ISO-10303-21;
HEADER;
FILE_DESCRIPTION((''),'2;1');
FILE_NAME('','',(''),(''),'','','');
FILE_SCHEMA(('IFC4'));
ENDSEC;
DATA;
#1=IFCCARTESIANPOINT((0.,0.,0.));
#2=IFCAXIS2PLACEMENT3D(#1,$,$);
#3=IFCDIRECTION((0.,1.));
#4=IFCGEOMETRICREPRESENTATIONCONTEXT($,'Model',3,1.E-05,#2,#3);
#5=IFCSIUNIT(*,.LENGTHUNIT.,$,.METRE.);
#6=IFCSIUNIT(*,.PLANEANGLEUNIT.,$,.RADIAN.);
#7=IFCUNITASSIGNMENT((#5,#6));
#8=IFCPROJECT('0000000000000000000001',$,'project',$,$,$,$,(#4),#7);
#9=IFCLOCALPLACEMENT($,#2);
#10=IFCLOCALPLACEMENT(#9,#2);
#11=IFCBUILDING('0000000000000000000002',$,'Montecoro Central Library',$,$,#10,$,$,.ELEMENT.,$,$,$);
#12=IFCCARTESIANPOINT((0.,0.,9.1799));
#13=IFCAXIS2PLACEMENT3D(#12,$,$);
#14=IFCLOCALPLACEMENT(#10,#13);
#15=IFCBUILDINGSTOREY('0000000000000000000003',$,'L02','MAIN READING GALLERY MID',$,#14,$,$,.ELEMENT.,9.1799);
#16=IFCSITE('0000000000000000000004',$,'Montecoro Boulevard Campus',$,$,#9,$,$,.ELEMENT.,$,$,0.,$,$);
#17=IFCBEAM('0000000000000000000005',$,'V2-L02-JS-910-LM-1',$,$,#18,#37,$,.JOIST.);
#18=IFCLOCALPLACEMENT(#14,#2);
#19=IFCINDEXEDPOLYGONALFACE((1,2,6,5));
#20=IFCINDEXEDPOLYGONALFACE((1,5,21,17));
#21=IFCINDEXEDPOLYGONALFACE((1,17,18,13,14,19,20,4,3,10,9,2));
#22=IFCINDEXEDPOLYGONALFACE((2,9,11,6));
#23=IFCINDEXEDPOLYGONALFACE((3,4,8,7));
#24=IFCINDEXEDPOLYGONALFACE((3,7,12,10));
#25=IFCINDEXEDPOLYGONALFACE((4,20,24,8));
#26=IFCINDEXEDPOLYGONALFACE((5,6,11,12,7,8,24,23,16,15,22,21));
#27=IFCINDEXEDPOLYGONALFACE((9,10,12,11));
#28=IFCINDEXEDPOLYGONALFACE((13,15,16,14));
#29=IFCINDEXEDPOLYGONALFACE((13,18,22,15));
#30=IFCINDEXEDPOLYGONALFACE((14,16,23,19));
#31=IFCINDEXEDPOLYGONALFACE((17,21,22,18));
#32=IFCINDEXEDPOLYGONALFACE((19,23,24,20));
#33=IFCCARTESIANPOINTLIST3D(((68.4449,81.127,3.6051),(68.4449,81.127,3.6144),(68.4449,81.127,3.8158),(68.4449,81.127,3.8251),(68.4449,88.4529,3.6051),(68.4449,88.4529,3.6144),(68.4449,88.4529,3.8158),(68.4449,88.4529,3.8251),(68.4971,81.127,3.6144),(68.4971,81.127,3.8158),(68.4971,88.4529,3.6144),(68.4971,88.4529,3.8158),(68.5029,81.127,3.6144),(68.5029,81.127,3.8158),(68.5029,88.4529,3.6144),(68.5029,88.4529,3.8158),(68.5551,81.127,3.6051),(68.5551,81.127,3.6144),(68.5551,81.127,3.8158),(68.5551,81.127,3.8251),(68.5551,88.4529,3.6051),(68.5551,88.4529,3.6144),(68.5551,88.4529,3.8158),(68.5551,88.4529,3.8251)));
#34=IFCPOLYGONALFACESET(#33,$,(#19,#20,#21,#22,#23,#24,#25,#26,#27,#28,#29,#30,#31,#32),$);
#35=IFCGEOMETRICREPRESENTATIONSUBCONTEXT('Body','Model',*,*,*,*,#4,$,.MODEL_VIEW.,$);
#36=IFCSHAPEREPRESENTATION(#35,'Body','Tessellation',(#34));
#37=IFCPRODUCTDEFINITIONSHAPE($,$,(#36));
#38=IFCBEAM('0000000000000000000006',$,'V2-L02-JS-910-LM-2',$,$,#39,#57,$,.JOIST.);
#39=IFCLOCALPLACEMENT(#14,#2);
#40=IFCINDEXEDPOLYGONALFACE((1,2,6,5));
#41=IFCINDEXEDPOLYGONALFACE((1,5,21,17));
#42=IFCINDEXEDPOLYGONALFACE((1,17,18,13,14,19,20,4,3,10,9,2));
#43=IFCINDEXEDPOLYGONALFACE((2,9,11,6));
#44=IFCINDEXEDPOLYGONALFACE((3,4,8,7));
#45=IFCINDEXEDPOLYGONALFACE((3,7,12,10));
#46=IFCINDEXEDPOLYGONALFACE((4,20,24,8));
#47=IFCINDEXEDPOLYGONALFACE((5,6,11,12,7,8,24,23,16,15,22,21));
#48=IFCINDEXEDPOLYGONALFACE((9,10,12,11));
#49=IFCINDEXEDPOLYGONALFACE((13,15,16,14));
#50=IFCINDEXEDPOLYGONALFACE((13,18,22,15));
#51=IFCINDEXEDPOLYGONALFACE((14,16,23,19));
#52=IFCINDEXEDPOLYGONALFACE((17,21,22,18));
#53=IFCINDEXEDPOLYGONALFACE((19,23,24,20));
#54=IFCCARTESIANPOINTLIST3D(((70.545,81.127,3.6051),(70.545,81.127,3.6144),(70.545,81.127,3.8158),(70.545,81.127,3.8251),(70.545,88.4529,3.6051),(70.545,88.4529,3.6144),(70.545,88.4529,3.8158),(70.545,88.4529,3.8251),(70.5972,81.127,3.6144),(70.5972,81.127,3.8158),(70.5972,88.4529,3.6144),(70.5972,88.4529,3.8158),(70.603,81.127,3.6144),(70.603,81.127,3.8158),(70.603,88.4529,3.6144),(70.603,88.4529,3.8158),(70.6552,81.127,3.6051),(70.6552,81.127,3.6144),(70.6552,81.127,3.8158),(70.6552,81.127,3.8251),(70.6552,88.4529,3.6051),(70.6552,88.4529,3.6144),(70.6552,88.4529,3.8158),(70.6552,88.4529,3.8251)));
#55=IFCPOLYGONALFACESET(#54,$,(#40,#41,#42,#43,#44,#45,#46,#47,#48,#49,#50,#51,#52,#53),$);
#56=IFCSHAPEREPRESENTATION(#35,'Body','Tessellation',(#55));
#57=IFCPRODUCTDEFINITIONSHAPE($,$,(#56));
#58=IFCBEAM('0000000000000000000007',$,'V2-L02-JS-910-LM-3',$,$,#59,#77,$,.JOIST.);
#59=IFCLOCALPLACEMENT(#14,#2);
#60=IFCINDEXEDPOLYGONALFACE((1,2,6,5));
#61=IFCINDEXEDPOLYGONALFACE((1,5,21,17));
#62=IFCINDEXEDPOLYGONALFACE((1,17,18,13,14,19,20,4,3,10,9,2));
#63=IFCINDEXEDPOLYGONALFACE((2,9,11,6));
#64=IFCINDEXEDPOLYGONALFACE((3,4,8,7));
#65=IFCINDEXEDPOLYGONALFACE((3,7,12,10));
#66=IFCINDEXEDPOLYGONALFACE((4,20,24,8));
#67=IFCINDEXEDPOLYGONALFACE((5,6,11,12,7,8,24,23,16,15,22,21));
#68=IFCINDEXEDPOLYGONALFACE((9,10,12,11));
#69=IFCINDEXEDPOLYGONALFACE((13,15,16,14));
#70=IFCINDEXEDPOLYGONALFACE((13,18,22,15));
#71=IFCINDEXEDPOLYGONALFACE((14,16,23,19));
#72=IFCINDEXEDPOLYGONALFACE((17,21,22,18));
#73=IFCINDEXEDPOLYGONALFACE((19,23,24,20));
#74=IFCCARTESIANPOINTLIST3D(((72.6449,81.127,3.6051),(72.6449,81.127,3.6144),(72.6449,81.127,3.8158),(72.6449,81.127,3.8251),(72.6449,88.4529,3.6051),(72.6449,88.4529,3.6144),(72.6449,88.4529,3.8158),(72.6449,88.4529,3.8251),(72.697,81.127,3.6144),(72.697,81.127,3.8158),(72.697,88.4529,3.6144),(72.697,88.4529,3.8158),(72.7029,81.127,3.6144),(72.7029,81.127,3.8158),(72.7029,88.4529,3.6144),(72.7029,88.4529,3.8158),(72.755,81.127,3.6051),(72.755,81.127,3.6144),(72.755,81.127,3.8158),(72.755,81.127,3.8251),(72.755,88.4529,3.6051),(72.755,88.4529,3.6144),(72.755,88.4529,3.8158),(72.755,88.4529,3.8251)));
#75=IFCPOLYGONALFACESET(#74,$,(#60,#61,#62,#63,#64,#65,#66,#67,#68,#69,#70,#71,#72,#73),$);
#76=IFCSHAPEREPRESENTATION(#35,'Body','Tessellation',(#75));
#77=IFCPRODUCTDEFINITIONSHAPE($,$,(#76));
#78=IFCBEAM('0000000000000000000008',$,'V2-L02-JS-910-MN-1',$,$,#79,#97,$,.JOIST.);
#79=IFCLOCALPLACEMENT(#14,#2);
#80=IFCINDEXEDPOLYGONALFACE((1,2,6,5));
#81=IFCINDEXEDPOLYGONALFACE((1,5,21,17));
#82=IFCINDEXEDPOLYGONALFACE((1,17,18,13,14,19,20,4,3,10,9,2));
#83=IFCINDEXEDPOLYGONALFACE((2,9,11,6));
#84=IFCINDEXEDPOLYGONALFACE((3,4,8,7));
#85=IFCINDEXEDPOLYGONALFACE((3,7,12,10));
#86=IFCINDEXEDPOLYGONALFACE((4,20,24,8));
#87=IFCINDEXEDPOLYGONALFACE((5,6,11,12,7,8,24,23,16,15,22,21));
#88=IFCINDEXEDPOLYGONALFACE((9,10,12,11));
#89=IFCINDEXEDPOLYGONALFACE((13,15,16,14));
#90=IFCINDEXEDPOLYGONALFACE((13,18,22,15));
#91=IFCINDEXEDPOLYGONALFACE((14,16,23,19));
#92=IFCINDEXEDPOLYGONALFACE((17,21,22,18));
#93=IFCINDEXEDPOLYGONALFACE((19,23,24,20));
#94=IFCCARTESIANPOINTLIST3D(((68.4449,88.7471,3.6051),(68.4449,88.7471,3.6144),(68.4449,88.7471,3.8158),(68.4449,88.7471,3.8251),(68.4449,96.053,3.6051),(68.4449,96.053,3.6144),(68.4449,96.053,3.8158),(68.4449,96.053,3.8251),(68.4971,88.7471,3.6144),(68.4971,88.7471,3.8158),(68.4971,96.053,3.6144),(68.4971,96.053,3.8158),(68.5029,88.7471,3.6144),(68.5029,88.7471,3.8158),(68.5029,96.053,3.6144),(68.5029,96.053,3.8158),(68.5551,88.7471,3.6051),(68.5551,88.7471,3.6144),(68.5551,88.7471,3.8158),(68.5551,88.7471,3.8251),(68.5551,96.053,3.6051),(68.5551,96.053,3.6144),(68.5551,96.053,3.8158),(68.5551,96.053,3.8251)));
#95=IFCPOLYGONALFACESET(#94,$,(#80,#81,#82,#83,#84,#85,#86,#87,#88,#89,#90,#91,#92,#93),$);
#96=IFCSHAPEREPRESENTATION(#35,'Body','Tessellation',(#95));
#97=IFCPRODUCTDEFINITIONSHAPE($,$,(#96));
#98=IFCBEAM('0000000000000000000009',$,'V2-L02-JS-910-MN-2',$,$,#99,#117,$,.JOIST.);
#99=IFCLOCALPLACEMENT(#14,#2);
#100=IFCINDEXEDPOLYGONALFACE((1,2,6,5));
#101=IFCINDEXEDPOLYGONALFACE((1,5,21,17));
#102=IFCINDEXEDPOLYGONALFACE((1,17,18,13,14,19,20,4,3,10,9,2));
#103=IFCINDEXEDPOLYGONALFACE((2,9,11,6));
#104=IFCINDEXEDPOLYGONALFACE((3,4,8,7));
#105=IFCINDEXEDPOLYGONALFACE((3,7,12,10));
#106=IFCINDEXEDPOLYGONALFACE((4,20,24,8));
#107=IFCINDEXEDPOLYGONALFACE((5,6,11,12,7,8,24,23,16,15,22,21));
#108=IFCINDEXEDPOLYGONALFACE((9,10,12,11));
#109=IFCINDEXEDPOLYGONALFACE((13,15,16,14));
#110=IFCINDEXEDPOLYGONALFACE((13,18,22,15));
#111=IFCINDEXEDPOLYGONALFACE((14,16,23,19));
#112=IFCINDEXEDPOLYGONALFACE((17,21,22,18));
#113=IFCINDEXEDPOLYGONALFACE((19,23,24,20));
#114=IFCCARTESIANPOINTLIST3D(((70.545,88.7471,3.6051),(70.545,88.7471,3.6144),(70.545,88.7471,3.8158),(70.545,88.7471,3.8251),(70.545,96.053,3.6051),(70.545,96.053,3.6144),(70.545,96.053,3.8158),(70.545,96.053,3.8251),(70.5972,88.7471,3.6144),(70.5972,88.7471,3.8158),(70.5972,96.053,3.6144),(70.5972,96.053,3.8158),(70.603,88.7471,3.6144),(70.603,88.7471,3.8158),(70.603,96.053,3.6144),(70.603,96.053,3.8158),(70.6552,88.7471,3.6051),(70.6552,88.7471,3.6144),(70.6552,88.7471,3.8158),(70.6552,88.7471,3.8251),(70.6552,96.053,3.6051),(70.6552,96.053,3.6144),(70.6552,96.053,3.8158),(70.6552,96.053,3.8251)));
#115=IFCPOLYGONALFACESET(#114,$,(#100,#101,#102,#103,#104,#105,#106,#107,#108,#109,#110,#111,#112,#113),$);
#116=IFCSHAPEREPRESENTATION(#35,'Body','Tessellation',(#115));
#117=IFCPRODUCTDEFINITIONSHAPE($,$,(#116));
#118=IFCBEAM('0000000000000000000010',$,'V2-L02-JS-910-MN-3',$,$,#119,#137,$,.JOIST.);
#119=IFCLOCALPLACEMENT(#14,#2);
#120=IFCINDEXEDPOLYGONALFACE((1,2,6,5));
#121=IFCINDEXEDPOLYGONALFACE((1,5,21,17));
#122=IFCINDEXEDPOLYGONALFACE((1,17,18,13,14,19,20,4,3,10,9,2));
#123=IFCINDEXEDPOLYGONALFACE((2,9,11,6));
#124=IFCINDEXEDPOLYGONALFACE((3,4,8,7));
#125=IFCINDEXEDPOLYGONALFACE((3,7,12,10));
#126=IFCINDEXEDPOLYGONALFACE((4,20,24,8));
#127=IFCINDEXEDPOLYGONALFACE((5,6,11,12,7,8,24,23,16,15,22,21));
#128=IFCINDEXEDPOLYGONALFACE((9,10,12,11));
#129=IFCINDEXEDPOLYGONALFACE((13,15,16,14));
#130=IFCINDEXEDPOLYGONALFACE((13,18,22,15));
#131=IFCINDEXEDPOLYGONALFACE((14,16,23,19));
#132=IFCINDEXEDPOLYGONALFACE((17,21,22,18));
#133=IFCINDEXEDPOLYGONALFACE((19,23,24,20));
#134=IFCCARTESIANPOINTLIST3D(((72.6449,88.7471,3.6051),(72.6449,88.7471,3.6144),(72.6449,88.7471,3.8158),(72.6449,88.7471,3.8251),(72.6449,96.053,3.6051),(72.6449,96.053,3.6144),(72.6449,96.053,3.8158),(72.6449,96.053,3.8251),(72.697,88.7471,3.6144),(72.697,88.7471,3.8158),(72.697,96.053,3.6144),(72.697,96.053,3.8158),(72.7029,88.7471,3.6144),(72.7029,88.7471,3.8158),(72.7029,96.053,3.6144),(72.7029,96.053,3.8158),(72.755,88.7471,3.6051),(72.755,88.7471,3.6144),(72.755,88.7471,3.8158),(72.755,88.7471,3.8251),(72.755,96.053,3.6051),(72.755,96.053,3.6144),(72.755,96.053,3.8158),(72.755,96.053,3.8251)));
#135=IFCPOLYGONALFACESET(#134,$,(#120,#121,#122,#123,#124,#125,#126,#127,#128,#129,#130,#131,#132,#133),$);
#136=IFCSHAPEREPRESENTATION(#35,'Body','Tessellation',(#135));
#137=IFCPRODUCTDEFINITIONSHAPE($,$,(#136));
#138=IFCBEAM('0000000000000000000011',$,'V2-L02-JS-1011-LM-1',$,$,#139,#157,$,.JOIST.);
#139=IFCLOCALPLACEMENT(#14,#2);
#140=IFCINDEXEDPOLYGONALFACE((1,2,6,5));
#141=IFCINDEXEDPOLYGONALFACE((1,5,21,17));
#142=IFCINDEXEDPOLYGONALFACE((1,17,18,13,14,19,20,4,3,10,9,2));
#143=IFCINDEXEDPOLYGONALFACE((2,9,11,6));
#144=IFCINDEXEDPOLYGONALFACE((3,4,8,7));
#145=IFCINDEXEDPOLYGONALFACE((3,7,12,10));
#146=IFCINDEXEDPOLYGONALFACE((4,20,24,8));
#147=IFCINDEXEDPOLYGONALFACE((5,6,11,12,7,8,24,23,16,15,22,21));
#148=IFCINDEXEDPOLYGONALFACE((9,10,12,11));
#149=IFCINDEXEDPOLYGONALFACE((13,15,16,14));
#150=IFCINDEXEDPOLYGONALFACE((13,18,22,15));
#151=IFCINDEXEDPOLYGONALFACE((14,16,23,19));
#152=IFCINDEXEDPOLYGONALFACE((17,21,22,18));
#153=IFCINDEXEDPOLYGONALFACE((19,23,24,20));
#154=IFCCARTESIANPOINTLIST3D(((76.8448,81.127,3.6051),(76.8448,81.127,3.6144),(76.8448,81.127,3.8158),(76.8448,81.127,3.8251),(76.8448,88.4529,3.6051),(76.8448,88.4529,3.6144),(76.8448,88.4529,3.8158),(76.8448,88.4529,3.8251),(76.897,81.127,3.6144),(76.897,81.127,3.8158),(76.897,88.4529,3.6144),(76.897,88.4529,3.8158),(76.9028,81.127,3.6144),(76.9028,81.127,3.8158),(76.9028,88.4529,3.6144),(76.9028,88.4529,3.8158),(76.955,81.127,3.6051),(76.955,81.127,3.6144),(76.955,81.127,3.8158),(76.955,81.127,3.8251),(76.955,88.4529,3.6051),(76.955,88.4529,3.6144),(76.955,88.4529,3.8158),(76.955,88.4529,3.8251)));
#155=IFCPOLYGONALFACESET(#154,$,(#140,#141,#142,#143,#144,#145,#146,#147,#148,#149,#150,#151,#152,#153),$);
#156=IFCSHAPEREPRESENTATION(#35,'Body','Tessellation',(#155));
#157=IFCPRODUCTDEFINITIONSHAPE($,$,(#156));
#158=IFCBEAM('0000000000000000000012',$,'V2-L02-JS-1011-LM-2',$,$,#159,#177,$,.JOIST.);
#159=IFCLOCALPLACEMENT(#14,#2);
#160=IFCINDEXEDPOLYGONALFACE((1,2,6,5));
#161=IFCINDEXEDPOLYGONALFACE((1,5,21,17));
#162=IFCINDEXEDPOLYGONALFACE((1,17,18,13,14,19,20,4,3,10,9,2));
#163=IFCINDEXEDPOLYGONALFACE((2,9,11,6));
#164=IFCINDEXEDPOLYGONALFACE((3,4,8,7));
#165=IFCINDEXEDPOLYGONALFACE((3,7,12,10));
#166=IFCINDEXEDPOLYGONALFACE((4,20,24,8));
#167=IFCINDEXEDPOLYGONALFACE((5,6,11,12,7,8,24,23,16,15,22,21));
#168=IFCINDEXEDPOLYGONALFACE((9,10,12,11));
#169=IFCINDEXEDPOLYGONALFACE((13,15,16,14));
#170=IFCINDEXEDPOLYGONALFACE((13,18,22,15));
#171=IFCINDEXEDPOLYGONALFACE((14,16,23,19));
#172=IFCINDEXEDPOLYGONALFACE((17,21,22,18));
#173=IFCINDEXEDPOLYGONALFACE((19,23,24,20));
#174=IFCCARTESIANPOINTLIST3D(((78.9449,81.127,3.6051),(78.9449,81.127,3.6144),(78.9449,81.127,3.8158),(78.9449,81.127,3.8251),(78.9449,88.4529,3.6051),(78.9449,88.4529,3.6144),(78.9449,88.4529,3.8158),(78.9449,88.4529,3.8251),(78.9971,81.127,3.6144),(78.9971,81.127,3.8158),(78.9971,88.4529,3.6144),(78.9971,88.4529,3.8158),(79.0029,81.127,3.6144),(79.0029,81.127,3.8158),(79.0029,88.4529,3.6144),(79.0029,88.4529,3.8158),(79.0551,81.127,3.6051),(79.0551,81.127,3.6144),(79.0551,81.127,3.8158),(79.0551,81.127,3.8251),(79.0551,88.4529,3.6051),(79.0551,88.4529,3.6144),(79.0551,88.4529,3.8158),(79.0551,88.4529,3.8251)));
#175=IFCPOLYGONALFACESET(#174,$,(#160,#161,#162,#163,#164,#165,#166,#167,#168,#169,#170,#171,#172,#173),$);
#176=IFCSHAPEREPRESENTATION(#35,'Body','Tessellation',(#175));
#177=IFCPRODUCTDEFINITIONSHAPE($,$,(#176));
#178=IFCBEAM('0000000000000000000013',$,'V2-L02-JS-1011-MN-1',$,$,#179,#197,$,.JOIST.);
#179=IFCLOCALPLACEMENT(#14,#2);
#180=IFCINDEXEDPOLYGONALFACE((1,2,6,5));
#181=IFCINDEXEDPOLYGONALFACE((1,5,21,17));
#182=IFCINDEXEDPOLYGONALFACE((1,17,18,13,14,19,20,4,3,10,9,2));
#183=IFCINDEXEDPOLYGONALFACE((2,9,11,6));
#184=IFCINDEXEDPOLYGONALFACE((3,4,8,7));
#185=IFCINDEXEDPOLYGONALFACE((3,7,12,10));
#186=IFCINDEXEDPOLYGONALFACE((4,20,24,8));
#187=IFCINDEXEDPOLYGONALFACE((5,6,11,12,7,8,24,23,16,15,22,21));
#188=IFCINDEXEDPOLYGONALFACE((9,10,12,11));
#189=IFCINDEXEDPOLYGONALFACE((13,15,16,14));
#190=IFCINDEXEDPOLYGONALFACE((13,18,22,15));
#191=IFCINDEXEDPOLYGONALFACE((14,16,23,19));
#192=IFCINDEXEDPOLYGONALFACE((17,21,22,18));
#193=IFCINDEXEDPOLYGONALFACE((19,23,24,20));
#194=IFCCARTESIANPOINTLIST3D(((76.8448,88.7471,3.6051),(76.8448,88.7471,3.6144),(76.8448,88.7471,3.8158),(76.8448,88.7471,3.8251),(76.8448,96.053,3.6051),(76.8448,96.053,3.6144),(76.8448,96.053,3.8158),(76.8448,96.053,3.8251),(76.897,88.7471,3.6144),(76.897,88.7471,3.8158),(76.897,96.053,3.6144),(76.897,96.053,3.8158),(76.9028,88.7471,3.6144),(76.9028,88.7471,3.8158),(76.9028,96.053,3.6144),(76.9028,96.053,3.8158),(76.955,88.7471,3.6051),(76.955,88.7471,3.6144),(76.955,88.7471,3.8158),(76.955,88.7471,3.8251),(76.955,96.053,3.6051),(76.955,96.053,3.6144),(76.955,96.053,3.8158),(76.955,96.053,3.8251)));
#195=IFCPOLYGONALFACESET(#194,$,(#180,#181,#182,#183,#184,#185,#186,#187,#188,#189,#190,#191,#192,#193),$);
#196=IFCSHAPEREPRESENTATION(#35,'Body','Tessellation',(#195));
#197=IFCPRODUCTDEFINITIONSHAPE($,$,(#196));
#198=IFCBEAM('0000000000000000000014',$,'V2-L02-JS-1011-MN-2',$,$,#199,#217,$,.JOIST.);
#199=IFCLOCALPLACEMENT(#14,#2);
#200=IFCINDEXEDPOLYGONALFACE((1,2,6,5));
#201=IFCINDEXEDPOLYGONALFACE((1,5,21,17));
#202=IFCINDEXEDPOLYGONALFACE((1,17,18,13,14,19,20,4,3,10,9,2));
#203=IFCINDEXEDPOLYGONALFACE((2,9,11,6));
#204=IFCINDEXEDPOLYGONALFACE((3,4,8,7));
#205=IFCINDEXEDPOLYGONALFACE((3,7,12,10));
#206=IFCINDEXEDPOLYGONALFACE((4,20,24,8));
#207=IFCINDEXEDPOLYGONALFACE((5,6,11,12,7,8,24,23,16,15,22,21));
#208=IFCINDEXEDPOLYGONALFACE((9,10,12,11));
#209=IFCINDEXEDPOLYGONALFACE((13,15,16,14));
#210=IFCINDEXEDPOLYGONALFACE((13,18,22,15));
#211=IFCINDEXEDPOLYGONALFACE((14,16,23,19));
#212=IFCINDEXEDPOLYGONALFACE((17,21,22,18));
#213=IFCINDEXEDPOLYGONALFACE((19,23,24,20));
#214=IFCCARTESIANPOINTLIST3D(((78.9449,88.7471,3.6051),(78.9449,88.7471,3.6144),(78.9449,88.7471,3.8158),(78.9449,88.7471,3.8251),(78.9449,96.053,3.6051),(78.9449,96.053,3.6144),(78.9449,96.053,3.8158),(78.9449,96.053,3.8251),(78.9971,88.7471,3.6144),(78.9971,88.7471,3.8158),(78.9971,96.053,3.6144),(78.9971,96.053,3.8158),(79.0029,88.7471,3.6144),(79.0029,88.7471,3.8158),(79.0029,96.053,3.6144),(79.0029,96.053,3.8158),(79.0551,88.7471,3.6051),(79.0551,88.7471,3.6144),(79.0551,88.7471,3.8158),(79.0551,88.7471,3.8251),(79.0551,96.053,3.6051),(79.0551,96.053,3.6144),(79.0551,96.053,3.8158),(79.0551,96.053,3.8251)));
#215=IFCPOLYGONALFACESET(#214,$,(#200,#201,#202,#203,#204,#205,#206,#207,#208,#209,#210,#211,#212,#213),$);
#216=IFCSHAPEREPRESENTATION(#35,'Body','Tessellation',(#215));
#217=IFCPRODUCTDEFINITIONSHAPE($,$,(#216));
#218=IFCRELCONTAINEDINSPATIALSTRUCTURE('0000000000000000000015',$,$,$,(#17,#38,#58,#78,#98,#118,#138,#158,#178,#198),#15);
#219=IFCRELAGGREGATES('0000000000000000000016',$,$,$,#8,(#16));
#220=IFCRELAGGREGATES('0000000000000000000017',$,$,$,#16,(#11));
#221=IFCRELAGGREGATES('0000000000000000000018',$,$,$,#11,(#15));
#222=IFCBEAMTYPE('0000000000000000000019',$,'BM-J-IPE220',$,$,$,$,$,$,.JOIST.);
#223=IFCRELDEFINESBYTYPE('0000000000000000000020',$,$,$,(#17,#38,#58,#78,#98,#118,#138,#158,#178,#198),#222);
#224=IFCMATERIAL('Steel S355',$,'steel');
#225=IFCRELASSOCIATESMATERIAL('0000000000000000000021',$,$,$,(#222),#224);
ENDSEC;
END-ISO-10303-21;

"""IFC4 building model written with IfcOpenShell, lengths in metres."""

from ifc_helpers import new_model, si_unit, direction, frame, origin, origin_2d, place, context, subcontext, project, spatial, i_section, extrude, material, material_profile, profile_set, type_object, element, save


model = new_model("IFC4")

# Units and contexts
model_context = context("Model", 3, precision=1e-05, world=origin(), true_north=direction((0.0, 1.0)))
body_context = subcontext(model_context, "Body", "Model", "MODEL_VIEW")
ifc_project = project(units=[si_unit("LENGTHUNIT", "METRE"), si_unit("PLANEANGLEUNIT", "RADIAN")], contexts=[model_context])

# Site, building, storey
site_placement = place(None, origin())
site = spatial("IfcSite", under=ifc_project, at=site_placement, Name="Montecoro Boulevard Campus", CompositionType="ELEMENT", RefElevation=0.0)
building_placement = place(site_placement, origin())
building = spatial("IfcBuilding", under=site, at=building_placement, Name="Montecoro Central Library", CompositionType="ELEMENT")
storey_placement = place(building_placement, frame((0.0, 0.0, 9.1799)))
storey = spatial("IfcBuildingStorey", under=building, at=storey_placement, Name="L02", Description="MAIN READING GALLERY MID", CompositionType="ELEMENT", Elevation=9.1799)

# Shared definitions
ifc_material_1 = material(Name="Steel S355", Category="steel")

# Beams
ifc_material_profile_1 = material_profile(ifc_material_1, i_section(OverallWidth=0.1101, OverallDepth=0.22, WebThickness=0.0059, FlangeThickness=0.0093, at=origin_2d()), Name="IPE 220")
ifc_profile_set_1 = profile_set([ifc_material_profile_1], Name="Steel S355")
beam_type_1 = type_object("IfcBeamType", Name="BM-J-IPE220", PredefinedType="JOIST", material=ifc_profile_set_1)
for number, where, z_axis, x_axis, name in (
    (1, (68.5, 81.127, 3.7151), (0.0, 1.0, 0.0), (-1.0, 0.0, 0.0), "V2-L02-JS-910-LM-1"),
    (2, (70.6001, 81.127, 3.7151), (0.0, 1.0, 0.0), (-1.0, 0.0, 0.0), "V2-L02-JS-910-LM-2"),
    (3, (72.7, 81.127, 3.7151), (0.0, 1.0, 0.0), (-1.0, 0.0, 0.0), "V2-L02-JS-910-LM-3"),
):
    element("IfcBeam", number, at=place(storey_placement, frame(where, z_axis=z_axis, x_axis=x_axis)), inside=storey, type_object=beam_type_1, Name=name, PredefinedType="JOIST", context=body_context, shape_type="SweptSolid", body=[
        extrude(i_section(OverallWidth=0.1101, OverallDepth=0.22, WebThickness=0.0059, FlangeThickness=0.0093, at=origin_2d()), origin(), (0.0, 0.0, 1.0), 7.3259),
    ])
for number, where, z_axis, x_axis, name in (
    (4, (68.5, 88.7471, 3.7151), (0.0, 1.0, 0.0), (-1.0, 0.0, 0.0), "V2-L02-JS-910-MN-1"),
    (5, (70.6001, 88.7471, 3.7151), (0.0, 1.0, 0.0), (-1.0, 0.0, 0.0), "V2-L02-JS-910-MN-2"),
    (6, (72.7, 88.7471, 3.7151), (0.0, 1.0, 0.0), (-1.0, 0.0, 0.0), "V2-L02-JS-910-MN-3"),
):
    element("IfcBeam", number, at=place(storey_placement, frame(where, z_axis=z_axis, x_axis=x_axis)), inside=storey, type_object=beam_type_1, Name=name, PredefinedType="JOIST", context=body_context, shape_type="SweptSolid", body=[
        extrude(i_section(OverallWidth=0.1101, OverallDepth=0.22, WebThickness=0.0059, FlangeThickness=0.0093, at=origin_2d()), origin(), (0.0, 0.0, 1.0), 7.3059),
    ])
for number, where, z_axis, x_axis, name in (
    (7, (76.8999, 81.127, 3.7151), (0.0, 1.0, 0.0), (-1.0, 0.0, 0.0), "V2-L02-JS-1011-LM-1"),
    (8, (79.0, 81.127, 3.7151), (0.0, 1.0, 0.0), (-1.0, 0.0, 0.0), "V2-L02-JS-1011-LM-2"),
):
    element("IfcBeam", number, at=place(storey_placement, frame(where, z_axis=z_axis, x_axis=x_axis)), inside=storey, type_object=beam_type_1, Name=name, PredefinedType="JOIST", context=body_context, shape_type="SweptSolid", body=[
        extrude(i_section(OverallWidth=0.1101, OverallDepth=0.22, WebThickness=0.0059, FlangeThickness=0.0093, at=origin_2d()), origin(), (0.0, 0.0, 1.0), 7.3259),
    ])
for number, where, z_axis, x_axis, name in (
    (9, (76.8999, 88.7471, 3.7151), (0.0, 1.0, 0.0), (-1.0, 0.0, 0.0), "V2-L02-JS-1011-MN-1"),
    (10, (79.0, 88.7471, 3.7151), (0.0, 1.0, 0.0), (-1.0, 0.0, 0.0), "V2-L02-JS-1011-MN-2"),
):
    element("IfcBeam", number, at=place(storey_placement, frame(where, z_axis=z_axis, x_axis=x_axis)), inside=storey, type_object=beam_type_1, Name=name, PredefinedType="JOIST", context=body_context, shape_type="SweptSolid", body=[
        extrude(i_section(OverallWidth=0.1101, OverallDepth=0.22, WebThickness=0.0059, FlangeThickness=0.0093, at=origin_2d()), origin(), (0.0, 0.0, 1.0), 7.3059),
    ])

save(model, "model.ifc")
